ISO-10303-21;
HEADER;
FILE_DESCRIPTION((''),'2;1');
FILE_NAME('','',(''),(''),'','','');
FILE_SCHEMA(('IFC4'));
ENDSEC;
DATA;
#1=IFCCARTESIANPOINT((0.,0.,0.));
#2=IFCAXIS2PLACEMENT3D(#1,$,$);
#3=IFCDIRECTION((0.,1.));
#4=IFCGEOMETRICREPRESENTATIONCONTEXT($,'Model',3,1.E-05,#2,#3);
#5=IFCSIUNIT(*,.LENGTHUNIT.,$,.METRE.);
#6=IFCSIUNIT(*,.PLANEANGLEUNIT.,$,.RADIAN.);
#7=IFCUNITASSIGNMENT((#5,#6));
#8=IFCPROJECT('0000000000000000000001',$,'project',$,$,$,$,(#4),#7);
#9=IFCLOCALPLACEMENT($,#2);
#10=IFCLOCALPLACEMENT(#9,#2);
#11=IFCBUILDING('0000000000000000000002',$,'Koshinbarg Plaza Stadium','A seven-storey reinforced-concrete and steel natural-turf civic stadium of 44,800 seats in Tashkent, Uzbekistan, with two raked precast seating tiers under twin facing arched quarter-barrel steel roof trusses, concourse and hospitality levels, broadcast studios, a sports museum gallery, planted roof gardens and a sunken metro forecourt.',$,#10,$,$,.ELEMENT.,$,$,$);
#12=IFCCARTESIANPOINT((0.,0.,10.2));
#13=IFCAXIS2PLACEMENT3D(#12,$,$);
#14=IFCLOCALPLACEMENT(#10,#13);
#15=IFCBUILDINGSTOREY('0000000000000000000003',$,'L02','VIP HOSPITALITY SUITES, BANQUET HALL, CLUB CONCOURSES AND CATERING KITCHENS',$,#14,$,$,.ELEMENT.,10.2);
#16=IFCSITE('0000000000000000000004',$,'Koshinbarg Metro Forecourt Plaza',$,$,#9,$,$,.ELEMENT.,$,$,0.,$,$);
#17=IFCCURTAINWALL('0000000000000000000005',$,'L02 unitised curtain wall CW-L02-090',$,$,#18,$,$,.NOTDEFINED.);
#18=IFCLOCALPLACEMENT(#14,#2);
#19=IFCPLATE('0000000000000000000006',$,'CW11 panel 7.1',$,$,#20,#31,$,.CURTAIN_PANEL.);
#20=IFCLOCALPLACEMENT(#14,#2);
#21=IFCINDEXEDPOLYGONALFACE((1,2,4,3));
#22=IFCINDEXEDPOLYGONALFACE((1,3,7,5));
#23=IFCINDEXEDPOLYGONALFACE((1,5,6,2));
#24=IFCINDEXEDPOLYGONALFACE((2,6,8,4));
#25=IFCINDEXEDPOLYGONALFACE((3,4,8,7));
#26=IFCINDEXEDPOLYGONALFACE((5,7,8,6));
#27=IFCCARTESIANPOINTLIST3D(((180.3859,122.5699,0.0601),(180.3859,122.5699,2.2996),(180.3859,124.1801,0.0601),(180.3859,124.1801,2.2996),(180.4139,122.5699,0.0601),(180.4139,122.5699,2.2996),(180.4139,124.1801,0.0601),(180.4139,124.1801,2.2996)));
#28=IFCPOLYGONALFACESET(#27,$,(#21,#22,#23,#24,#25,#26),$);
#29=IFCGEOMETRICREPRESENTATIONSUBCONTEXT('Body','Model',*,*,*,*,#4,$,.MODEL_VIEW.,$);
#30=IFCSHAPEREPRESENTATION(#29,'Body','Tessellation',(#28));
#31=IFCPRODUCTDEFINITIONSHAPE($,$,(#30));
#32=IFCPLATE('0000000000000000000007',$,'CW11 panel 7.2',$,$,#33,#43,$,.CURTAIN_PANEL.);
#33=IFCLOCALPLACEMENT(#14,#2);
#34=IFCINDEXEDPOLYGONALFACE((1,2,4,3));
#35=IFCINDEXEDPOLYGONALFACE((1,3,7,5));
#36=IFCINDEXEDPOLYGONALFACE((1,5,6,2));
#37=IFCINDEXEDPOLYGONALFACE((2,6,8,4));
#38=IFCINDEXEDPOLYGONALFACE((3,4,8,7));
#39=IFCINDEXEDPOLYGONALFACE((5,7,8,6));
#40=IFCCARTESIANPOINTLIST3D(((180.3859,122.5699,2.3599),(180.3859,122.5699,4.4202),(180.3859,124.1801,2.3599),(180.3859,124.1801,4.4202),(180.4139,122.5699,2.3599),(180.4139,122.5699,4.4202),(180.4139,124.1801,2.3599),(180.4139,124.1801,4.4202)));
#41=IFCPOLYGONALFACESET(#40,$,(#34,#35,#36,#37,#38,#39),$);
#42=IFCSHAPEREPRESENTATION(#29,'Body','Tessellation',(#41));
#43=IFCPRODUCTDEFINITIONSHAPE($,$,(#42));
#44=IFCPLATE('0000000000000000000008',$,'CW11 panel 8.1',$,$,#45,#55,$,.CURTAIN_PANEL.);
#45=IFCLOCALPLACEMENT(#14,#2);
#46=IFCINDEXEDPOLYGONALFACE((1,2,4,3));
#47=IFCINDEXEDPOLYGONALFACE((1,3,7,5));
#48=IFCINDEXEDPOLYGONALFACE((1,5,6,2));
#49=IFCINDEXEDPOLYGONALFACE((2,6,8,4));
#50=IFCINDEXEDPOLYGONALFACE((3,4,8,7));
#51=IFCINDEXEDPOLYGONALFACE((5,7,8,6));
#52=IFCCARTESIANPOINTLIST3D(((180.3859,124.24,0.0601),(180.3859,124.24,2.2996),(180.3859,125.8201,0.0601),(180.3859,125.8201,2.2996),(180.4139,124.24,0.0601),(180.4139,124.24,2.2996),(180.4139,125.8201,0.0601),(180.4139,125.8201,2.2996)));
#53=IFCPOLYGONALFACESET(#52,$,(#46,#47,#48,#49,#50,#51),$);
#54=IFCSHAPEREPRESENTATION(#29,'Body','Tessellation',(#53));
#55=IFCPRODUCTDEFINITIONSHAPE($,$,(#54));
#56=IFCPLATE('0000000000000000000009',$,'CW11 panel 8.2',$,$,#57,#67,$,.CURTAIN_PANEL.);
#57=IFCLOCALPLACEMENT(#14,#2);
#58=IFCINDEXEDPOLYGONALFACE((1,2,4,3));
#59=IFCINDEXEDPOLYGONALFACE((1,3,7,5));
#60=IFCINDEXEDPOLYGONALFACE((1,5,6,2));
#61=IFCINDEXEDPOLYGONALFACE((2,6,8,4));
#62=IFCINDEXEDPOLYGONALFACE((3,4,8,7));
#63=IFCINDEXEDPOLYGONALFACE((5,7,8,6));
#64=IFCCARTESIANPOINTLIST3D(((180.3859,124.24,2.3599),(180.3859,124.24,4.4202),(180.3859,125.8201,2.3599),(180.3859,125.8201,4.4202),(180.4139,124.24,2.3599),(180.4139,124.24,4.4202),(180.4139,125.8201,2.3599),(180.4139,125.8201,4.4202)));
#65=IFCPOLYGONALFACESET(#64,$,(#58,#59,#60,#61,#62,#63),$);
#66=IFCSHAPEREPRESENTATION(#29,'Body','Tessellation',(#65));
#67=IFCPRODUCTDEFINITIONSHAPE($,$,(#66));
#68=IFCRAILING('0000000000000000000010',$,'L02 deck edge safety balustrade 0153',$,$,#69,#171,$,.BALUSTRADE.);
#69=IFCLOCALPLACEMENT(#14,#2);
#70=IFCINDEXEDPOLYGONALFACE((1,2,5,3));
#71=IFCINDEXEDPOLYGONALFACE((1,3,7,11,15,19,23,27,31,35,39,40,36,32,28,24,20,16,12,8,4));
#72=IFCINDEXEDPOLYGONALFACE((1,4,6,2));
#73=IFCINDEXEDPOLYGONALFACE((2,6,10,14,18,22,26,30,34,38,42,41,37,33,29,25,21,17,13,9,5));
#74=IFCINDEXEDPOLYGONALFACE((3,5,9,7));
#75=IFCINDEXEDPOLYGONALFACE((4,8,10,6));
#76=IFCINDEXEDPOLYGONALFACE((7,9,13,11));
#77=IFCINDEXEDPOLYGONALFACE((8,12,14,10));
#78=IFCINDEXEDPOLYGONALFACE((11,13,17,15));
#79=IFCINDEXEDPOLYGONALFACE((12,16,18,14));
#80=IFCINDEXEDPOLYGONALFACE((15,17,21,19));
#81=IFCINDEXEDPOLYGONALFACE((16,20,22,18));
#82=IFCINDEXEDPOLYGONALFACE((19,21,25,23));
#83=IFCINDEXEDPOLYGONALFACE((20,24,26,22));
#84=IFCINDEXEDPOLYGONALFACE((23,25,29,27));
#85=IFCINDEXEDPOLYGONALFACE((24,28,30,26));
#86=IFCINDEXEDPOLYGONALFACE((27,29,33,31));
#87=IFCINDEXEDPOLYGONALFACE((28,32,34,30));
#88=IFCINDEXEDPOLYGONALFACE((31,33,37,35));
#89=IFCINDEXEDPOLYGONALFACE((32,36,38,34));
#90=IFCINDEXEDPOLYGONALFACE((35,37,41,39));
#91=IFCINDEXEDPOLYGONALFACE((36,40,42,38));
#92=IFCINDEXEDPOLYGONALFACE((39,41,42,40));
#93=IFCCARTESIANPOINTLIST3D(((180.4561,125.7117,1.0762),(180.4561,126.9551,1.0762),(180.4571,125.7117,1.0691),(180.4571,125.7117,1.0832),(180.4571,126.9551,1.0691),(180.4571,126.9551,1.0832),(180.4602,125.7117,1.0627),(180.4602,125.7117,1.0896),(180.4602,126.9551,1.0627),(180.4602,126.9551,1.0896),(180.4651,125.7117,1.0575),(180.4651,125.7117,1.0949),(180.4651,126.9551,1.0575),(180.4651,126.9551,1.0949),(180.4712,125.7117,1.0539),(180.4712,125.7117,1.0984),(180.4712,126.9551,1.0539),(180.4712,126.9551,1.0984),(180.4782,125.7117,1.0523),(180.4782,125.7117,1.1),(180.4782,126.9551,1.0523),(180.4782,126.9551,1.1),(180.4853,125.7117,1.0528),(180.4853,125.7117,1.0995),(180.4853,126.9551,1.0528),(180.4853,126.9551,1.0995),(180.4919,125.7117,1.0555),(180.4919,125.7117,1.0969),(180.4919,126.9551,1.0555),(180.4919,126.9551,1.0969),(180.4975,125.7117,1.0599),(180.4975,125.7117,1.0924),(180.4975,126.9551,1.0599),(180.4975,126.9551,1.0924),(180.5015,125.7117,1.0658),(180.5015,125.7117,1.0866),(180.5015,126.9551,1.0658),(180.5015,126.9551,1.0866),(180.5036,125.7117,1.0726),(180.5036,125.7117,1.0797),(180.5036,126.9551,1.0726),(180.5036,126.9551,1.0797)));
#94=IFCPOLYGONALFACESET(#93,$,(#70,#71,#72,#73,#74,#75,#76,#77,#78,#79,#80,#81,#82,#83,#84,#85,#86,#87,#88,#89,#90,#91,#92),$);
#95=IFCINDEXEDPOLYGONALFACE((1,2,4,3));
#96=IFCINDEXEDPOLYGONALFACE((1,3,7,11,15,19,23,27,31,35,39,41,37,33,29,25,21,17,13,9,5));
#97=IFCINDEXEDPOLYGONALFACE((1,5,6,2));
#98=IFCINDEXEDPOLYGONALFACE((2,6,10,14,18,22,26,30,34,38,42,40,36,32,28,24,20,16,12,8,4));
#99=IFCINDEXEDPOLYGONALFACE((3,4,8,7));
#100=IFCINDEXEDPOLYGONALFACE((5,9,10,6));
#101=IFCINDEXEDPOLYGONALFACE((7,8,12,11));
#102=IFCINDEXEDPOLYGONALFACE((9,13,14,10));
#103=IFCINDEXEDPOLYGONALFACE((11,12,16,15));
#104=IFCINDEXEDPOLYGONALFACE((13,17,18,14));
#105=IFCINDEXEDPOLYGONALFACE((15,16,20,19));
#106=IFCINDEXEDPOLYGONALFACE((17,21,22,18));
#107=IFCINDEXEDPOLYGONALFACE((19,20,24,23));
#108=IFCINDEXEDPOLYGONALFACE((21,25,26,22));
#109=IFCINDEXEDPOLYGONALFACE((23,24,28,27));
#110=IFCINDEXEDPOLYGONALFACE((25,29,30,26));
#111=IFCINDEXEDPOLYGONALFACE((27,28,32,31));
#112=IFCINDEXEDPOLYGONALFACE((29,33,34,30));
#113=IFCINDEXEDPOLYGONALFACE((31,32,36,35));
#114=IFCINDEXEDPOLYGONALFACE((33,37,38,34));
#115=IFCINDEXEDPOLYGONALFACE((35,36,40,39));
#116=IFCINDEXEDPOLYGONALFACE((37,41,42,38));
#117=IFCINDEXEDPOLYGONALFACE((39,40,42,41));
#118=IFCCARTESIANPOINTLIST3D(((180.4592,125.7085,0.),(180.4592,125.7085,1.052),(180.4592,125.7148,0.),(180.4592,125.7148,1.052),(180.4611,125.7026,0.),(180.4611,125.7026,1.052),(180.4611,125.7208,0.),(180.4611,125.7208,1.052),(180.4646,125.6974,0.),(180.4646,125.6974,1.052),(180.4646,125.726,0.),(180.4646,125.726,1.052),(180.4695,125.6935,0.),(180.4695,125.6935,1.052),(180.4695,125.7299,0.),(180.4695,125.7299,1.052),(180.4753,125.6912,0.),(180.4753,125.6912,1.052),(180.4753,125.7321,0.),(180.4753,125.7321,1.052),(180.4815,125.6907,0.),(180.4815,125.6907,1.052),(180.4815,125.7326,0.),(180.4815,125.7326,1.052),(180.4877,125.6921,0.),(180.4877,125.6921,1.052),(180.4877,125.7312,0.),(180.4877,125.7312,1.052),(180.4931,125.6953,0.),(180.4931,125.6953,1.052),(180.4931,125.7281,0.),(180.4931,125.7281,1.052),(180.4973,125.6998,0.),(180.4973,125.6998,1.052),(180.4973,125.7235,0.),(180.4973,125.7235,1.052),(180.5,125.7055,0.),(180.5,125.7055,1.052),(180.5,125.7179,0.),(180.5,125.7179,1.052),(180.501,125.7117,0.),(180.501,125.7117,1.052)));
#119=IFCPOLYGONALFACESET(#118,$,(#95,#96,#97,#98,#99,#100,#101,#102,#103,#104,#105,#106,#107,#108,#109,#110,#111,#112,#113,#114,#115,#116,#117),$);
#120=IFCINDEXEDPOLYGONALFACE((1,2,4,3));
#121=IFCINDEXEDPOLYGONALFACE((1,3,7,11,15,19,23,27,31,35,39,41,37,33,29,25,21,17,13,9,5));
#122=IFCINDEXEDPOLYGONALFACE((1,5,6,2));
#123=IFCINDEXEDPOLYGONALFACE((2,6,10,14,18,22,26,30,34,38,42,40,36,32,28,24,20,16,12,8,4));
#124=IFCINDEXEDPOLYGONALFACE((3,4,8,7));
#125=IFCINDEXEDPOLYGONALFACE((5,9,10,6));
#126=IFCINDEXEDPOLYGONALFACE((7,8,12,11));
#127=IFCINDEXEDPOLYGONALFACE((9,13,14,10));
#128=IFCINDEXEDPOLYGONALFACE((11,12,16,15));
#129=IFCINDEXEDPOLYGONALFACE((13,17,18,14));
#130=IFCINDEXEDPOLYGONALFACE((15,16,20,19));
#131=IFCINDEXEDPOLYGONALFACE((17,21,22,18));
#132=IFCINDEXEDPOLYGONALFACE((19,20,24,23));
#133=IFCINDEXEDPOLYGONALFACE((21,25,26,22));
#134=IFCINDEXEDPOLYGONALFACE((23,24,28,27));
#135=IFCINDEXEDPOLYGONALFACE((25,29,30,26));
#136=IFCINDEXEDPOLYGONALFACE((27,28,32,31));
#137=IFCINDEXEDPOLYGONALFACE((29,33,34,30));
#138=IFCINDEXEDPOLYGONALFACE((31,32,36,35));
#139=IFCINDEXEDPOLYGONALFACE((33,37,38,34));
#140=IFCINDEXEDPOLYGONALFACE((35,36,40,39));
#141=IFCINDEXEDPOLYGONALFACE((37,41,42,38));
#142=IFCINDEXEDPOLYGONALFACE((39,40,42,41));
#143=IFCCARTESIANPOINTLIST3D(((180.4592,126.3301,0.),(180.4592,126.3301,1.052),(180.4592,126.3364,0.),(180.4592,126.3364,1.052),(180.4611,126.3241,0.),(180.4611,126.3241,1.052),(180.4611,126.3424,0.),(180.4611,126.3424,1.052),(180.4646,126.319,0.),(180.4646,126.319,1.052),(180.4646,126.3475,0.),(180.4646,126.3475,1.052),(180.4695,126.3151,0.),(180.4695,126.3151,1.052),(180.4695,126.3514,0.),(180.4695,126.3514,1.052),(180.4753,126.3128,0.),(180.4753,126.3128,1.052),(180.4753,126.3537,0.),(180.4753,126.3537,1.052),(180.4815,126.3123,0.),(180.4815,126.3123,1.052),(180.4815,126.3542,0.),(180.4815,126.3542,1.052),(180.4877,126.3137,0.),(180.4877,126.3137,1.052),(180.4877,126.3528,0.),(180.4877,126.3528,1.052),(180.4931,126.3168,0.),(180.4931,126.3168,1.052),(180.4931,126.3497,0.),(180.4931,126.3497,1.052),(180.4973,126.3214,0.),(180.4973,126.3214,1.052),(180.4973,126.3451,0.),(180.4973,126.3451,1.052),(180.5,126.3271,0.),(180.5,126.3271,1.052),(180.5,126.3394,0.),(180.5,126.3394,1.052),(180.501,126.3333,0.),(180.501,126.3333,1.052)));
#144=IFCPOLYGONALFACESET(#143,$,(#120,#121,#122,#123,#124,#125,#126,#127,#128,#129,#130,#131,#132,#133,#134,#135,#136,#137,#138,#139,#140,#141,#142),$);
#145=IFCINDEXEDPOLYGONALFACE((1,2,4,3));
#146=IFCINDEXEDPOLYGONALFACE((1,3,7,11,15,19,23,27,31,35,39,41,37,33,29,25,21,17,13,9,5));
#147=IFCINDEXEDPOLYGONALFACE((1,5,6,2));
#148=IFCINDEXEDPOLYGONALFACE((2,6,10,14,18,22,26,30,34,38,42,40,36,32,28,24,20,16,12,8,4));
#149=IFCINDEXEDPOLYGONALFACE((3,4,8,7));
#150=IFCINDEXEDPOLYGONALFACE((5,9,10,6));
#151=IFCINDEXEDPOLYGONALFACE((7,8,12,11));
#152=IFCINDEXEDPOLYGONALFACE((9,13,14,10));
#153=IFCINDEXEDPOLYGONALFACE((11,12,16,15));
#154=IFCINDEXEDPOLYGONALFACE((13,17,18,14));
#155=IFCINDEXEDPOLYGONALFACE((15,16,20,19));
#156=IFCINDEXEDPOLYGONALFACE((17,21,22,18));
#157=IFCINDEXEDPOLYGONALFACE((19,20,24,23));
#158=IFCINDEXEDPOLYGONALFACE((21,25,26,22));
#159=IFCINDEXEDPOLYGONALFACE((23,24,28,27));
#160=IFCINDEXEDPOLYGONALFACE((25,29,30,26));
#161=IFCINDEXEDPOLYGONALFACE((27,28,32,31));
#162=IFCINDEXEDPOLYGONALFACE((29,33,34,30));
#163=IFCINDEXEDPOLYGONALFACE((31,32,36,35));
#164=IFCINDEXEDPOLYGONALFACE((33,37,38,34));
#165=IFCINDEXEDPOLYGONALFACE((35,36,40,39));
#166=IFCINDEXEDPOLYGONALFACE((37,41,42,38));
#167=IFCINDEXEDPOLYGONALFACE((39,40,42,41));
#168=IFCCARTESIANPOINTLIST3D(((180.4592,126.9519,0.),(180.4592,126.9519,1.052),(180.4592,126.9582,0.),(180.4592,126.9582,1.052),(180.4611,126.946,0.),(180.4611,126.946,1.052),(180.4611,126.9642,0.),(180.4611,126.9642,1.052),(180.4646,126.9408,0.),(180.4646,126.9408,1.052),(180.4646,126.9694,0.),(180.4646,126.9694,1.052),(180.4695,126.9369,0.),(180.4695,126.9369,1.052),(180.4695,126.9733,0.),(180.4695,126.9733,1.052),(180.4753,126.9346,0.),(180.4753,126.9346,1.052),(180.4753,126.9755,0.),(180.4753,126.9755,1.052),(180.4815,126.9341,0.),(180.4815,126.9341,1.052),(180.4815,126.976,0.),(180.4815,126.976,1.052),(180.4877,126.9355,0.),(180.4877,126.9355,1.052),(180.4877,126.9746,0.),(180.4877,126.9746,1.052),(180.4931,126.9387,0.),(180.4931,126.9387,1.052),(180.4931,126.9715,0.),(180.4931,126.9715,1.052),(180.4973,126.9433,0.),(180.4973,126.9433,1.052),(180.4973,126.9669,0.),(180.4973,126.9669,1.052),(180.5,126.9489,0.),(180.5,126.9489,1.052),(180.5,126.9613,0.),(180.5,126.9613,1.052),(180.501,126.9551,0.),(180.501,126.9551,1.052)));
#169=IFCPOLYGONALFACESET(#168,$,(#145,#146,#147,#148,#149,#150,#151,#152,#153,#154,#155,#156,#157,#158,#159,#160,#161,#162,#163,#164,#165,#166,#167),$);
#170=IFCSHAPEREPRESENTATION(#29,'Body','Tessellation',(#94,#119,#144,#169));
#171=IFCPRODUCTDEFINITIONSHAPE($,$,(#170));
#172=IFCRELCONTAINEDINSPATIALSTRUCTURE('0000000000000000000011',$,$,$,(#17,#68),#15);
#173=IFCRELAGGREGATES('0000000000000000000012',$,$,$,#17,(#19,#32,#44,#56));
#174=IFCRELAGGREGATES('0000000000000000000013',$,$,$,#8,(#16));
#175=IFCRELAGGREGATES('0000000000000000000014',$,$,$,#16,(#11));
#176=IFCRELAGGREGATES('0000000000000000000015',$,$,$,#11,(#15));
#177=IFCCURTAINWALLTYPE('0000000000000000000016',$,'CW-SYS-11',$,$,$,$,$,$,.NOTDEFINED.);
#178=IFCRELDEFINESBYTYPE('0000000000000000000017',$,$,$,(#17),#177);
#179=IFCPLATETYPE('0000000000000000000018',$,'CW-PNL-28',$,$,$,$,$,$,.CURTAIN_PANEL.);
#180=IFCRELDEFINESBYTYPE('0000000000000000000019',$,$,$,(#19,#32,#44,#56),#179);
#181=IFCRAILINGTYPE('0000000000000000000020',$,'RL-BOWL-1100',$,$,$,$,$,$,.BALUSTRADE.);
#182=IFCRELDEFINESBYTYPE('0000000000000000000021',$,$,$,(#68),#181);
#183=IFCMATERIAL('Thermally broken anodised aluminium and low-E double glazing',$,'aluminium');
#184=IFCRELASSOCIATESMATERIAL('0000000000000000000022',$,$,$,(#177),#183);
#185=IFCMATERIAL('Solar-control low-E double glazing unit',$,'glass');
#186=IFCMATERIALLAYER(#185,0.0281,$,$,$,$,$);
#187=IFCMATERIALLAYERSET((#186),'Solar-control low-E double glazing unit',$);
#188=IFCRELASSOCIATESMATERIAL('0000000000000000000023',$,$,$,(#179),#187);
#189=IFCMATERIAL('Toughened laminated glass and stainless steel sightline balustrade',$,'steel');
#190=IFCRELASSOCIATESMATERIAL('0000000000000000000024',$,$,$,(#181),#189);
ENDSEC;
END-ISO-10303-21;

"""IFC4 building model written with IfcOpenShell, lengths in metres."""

from ifc_helpers import new_model, si_unit, direction, frame, origin, origin_2d, place, context, subcontext, project, spatial, rectangle, circle, extrude, material, layer, layer_set, type_object, element, aggregate, save


model = new_model("IFC4")

# Units and contexts
model_context = context("Model", 3, precision=1e-05, world=origin(), true_north=direction((0.0, 1.0)))
body_context = subcontext(model_context, "Body", "Model", "MODEL_VIEW")
ifc_project = project(units=[si_unit("LENGTHUNIT", "METRE"), si_unit("PLANEANGLEUNIT", "RADIAN")], contexts=[model_context])

# Site, building, storey
site_placement = place(None, origin())
site = spatial("IfcSite", under=ifc_project, at=site_placement, Name="Koshinbarg Metro Forecourt Plaza", CompositionType="ELEMENT", RefElevation=0.0)
building_placement = place(site_placement, origin())
building = spatial("IfcBuilding", under=site, at=building_placement, Name="Koshinbarg Plaza Stadium", Description="A seven-storey reinforced-concrete and steel natural-turf civic stadium of 44,800 seats in Tashkent, Uzbekistan, with two raked precast seating tiers under twin facing arched quarter-barrel steel roof trusses, concourse and hospitality levels, broadcast studios, a sports museum gallery, planted roof gardens and a sunken metro forecourt.", CompositionType="ELEMENT")
storey_placement = place(building_placement, frame((0.0, 0.0, 10.2)))
storey = spatial("IfcBuildingStorey", under=building, at=storey_placement, Name="L02", Description="VIP HOSPITALITY SUITES, BANQUET HALL, CLUB CONCOURSES AND CATERING KITCHENS", CompositionType="ELEMENT", Elevation=10.2)

# Curtain wall
ifc_material_1 = material(Name="Thermally broken anodised aluminium and low-E double glazing", Category="aluminium")
curtain_wall_type = type_object("IfcCurtainWallType", Name="CW-SYS-11", PredefinedType="NOTDEFINED", material=ifc_material_1)
curtain_wall_placement = place(storey_placement, origin())
curtain_wall = element("IfcCurtainWall", 1, at=curtain_wall_placement, inside=storey, type_object=curtain_wall_type, Name="L02 unitised curtain wall CW-L02-090", PredefinedType="NOTDEFINED")

# Plates
ifc_material_2 = material(Name="Solar-control low-E double glazing unit", Category="glass")
ifc_layer = layer(ifc_material_2, 0.0281)
ifc_layer_set = layer_set([ifc_layer], Name="Solar-control low-E double glazing unit")
plate_type = type_object("IfcPlateType", Name="CW-PNL-28", PredefinedType="CURTAIN_PANEL", material=ifc_layer_set)
plate_1_placement = place(storey_placement, frame((180.3999, 123.375, 0.0601), z_axis=(0.0, 0.0, 1.0), x_axis=(0.0, 1.0, 0.0)))
plate_1 = element("IfcPlate", 2, at=plate_1_placement, type_object=plate_type, Name="CW11 panel 7.1", PredefinedType="CURTAIN_PANEL", context=body_context, shape_type="SweptSolid", body=[
    extrude(rectangle(XDim=1.6101, YDim=0.0281, at=origin_2d()), origin(), (0.0, 0.0, 1.0), 2.2395),
])
plate_2_placement = place(storey_placement, frame((180.3999, 123.375, 2.3599), z_axis=(0.0, 0.0, 1.0), x_axis=(0.0, 1.0, 0.0)))
plate_2 = element("IfcPlate", 3, at=plate_2_placement, type_object=plate_type, Name="CW11 panel 7.2", PredefinedType="CURTAIN_PANEL", context=body_context, shape_type="SweptSolid", body=[
    extrude(rectangle(XDim=1.6101, YDim=0.0281, at=origin_2d()), origin(), (0.0, 0.0, 1.0), 2.0603),
])
plate_3_placement = place(storey_placement, frame((180.3999, 125.03, 0.0601), z_axis=(0.0, 0.0, 1.0), x_axis=(0.0, 1.0, 0.0)))
plate_3 = element("IfcPlate", 4, at=plate_3_placement, type_object=plate_type, Name="CW11 panel 8.1", PredefinedType="CURTAIN_PANEL", context=body_context, shape_type="SweptSolid", body=[
    extrude(rectangle(XDim=1.5801, YDim=0.0281, at=origin_2d()), origin(), (0.0, 0.0, 1.0), 2.2395),
])
plate_4_placement = place(storey_placement, frame((180.3999, 125.03, 2.3599), z_axis=(0.0, 0.0, 1.0), x_axis=(0.0, 1.0, 0.0)))
plate_4 = element("IfcPlate", 5, at=plate_4_placement, type_object=plate_type, Name="CW11 panel 8.2", PredefinedType="CURTAIN_PANEL", context=body_context, shape_type="SweptSolid", body=[
    extrude(rectangle(XDim=1.5801, YDim=0.0281, at=origin_2d()), origin(), (0.0, 0.0, 1.0), 2.0603),
])
aggregate(curtain_wall, [plate_1, plate_2, plate_3, plate_4])

# Railing
ifc_material_3 = material(Name="Toughened laminated glass and stainless steel sightline balustrade", Category="steel")
railing_type = type_object("IfcRailingType", Name="RL-BOWL-1100", PredefinedType="BALUSTRADE", material=ifc_material_3)
railing_placement = place(storey_placement, frame((180.48, 125.7117, 0.0)))
element("IfcRailing", 6, at=railing_placement, inside=storey, type_object=railing_type, Name="L02 deck edge safety balustrade 0153", PredefinedType="BALUSTRADE", context=body_context, shape_type="SweptSolid", body=[
    extrude(circle(Radius=0.0239, at=origin_2d()), frame((0.0, 0.0, 1.0762), z_axis=(0.0, 1.0, 0.0), x_axis=(-1.0, 0.0, 0.0)), (0.0, 0.0, 1.0), 1.2434),
    extrude(circle(Radius=0.021, at=origin_2d()), origin(), (0.0, 0.0, 1.0), 1.052),
    extrude(circle(Radius=0.021, at=origin_2d()), frame((0.0, 0.6216, 0.0)), (0.0, 0.0, 1.0), 1.052),
    extrude(circle(Radius=0.021, at=origin_2d()), frame((0.0, 1.2434, 0.0)), (0.0, 0.0, 1.0), 1.052),
])

save(model, "model.ifc")
